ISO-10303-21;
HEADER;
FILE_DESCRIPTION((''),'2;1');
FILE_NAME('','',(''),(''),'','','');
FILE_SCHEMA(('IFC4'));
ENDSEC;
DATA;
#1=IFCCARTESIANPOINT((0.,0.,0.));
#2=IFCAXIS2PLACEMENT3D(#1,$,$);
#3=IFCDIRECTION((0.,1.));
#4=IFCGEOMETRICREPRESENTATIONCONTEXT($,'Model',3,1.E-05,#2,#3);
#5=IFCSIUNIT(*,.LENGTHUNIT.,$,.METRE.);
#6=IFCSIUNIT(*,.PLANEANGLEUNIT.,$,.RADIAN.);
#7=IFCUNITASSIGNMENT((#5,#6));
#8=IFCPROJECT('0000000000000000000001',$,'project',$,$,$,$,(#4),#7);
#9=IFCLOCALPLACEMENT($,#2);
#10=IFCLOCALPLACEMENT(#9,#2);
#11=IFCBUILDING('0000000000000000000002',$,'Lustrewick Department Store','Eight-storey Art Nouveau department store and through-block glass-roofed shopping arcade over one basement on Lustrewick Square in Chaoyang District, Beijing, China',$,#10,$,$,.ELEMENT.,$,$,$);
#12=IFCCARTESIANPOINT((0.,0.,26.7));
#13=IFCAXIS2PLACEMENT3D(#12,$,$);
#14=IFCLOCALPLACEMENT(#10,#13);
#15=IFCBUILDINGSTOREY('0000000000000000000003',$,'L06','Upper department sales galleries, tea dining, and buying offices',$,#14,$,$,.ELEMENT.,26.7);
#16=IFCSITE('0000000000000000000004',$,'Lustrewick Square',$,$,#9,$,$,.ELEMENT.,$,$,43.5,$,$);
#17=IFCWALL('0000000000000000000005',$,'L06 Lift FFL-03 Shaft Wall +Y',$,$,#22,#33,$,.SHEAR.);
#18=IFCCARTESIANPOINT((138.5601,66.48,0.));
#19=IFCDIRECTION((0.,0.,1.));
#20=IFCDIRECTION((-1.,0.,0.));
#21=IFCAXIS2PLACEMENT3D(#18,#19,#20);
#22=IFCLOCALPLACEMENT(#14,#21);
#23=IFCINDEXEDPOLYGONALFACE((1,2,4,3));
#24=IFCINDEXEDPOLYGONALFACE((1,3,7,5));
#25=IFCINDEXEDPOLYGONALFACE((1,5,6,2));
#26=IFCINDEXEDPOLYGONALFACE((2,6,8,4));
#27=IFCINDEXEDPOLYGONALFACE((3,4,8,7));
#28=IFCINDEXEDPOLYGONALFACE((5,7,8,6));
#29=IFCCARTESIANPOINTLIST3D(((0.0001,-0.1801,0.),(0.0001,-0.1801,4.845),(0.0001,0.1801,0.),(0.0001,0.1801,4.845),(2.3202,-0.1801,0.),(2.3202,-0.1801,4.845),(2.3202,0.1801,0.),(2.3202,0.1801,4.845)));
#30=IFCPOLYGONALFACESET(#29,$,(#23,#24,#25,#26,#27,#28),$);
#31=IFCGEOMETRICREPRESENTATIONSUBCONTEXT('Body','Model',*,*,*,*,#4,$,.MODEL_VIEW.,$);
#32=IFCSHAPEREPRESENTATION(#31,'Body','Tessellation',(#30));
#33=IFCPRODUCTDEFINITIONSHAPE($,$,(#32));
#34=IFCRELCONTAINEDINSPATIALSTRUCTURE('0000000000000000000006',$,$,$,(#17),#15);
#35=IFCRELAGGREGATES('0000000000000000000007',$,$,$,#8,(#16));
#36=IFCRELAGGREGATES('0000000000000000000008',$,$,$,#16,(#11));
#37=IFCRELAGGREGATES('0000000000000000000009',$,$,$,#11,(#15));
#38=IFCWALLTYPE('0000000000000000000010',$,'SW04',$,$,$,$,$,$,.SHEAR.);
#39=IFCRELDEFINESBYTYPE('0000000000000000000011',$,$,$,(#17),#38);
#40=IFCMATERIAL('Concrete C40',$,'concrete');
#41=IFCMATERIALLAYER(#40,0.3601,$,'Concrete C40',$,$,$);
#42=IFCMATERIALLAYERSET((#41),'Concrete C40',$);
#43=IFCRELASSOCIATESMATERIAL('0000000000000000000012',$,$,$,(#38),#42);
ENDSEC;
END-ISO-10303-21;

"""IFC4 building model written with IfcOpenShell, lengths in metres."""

from ifc_helpers import new_model, si_unit, direction, frame, frame_2d, origin, place, context, subcontext, project, spatial, rectangle, extrude, material, layer, layer_set, type_object, element, save


model = new_model("IFC4")

# Units and contexts
model_context = context("Model", 3, precision=1e-05, world=origin(), true_north=direction((0.0, 1.0)))
body_context = subcontext(model_context, "Body", "Model", "MODEL_VIEW")
ifc_project = project(units=[si_unit("LENGTHUNIT", "METRE"), si_unit("PLANEANGLEUNIT", "RADIAN")], contexts=[model_context])

# Site, building, storey
site_placement = place(None, origin())
site = spatial("IfcSite", under=ifc_project, at=site_placement, Name="Lustrewick Square", CompositionType="ELEMENT", RefElevation=43.5)
building_placement = place(site_placement, origin())
building = spatial("IfcBuilding", under=site, at=building_placement, Name="Lustrewick Department Store", Description="Eight-storey Art Nouveau department store and through-block glass-roofed shopping arcade over one basement on Lustrewick Square in Chaoyang District, Beijing, China", CompositionType="ELEMENT")
storey_placement = place(building_placement, frame((0.0, 0.0, 26.7)))
storey = spatial("IfcBuildingStorey", under=building, at=storey_placement, Name="L06", Description="Upper department sales galleries, tea dining, and buying offices", CompositionType="ELEMENT", Elevation=26.7)

# Shared definitions
ifc_material_1 = material(Name="Concrete C40", Category="concrete")
ifc_layer_1 = layer(ifc_material_1, 0.3601, Name="Concrete C40")
ifc_layer_set_1 = layer_set([ifc_layer_1], Name="Concrete C40")
wall_type_1 = type_object("IfcWallType", Name="SW04", PredefinedType="SHEAR", material=ifc_layer_set_1)

# Wall
wall_1_placement = place(storey_placement, frame((138.5601, 66.48, 0.0), z_axis=(0.0, 0.0, 1.0), x_axis=(-1.0, 0.0, 0.0)))
element("IfcWall", 1, at=wall_1_placement, inside=storey, type_object=wall_type_1, Name="L06 Lift FFL-03 Shaft Wall +Y", PredefinedType="SHEAR", context=body_context, shape_type="SweptSolid", body=[
    extrude(rectangle(XDim=2.3201, YDim=0.3601, at=frame_2d((1.1602, 0.0))), origin(), (0.0, 0.0, 1.0), 4.845),
])

save(model, "model.ifc")
